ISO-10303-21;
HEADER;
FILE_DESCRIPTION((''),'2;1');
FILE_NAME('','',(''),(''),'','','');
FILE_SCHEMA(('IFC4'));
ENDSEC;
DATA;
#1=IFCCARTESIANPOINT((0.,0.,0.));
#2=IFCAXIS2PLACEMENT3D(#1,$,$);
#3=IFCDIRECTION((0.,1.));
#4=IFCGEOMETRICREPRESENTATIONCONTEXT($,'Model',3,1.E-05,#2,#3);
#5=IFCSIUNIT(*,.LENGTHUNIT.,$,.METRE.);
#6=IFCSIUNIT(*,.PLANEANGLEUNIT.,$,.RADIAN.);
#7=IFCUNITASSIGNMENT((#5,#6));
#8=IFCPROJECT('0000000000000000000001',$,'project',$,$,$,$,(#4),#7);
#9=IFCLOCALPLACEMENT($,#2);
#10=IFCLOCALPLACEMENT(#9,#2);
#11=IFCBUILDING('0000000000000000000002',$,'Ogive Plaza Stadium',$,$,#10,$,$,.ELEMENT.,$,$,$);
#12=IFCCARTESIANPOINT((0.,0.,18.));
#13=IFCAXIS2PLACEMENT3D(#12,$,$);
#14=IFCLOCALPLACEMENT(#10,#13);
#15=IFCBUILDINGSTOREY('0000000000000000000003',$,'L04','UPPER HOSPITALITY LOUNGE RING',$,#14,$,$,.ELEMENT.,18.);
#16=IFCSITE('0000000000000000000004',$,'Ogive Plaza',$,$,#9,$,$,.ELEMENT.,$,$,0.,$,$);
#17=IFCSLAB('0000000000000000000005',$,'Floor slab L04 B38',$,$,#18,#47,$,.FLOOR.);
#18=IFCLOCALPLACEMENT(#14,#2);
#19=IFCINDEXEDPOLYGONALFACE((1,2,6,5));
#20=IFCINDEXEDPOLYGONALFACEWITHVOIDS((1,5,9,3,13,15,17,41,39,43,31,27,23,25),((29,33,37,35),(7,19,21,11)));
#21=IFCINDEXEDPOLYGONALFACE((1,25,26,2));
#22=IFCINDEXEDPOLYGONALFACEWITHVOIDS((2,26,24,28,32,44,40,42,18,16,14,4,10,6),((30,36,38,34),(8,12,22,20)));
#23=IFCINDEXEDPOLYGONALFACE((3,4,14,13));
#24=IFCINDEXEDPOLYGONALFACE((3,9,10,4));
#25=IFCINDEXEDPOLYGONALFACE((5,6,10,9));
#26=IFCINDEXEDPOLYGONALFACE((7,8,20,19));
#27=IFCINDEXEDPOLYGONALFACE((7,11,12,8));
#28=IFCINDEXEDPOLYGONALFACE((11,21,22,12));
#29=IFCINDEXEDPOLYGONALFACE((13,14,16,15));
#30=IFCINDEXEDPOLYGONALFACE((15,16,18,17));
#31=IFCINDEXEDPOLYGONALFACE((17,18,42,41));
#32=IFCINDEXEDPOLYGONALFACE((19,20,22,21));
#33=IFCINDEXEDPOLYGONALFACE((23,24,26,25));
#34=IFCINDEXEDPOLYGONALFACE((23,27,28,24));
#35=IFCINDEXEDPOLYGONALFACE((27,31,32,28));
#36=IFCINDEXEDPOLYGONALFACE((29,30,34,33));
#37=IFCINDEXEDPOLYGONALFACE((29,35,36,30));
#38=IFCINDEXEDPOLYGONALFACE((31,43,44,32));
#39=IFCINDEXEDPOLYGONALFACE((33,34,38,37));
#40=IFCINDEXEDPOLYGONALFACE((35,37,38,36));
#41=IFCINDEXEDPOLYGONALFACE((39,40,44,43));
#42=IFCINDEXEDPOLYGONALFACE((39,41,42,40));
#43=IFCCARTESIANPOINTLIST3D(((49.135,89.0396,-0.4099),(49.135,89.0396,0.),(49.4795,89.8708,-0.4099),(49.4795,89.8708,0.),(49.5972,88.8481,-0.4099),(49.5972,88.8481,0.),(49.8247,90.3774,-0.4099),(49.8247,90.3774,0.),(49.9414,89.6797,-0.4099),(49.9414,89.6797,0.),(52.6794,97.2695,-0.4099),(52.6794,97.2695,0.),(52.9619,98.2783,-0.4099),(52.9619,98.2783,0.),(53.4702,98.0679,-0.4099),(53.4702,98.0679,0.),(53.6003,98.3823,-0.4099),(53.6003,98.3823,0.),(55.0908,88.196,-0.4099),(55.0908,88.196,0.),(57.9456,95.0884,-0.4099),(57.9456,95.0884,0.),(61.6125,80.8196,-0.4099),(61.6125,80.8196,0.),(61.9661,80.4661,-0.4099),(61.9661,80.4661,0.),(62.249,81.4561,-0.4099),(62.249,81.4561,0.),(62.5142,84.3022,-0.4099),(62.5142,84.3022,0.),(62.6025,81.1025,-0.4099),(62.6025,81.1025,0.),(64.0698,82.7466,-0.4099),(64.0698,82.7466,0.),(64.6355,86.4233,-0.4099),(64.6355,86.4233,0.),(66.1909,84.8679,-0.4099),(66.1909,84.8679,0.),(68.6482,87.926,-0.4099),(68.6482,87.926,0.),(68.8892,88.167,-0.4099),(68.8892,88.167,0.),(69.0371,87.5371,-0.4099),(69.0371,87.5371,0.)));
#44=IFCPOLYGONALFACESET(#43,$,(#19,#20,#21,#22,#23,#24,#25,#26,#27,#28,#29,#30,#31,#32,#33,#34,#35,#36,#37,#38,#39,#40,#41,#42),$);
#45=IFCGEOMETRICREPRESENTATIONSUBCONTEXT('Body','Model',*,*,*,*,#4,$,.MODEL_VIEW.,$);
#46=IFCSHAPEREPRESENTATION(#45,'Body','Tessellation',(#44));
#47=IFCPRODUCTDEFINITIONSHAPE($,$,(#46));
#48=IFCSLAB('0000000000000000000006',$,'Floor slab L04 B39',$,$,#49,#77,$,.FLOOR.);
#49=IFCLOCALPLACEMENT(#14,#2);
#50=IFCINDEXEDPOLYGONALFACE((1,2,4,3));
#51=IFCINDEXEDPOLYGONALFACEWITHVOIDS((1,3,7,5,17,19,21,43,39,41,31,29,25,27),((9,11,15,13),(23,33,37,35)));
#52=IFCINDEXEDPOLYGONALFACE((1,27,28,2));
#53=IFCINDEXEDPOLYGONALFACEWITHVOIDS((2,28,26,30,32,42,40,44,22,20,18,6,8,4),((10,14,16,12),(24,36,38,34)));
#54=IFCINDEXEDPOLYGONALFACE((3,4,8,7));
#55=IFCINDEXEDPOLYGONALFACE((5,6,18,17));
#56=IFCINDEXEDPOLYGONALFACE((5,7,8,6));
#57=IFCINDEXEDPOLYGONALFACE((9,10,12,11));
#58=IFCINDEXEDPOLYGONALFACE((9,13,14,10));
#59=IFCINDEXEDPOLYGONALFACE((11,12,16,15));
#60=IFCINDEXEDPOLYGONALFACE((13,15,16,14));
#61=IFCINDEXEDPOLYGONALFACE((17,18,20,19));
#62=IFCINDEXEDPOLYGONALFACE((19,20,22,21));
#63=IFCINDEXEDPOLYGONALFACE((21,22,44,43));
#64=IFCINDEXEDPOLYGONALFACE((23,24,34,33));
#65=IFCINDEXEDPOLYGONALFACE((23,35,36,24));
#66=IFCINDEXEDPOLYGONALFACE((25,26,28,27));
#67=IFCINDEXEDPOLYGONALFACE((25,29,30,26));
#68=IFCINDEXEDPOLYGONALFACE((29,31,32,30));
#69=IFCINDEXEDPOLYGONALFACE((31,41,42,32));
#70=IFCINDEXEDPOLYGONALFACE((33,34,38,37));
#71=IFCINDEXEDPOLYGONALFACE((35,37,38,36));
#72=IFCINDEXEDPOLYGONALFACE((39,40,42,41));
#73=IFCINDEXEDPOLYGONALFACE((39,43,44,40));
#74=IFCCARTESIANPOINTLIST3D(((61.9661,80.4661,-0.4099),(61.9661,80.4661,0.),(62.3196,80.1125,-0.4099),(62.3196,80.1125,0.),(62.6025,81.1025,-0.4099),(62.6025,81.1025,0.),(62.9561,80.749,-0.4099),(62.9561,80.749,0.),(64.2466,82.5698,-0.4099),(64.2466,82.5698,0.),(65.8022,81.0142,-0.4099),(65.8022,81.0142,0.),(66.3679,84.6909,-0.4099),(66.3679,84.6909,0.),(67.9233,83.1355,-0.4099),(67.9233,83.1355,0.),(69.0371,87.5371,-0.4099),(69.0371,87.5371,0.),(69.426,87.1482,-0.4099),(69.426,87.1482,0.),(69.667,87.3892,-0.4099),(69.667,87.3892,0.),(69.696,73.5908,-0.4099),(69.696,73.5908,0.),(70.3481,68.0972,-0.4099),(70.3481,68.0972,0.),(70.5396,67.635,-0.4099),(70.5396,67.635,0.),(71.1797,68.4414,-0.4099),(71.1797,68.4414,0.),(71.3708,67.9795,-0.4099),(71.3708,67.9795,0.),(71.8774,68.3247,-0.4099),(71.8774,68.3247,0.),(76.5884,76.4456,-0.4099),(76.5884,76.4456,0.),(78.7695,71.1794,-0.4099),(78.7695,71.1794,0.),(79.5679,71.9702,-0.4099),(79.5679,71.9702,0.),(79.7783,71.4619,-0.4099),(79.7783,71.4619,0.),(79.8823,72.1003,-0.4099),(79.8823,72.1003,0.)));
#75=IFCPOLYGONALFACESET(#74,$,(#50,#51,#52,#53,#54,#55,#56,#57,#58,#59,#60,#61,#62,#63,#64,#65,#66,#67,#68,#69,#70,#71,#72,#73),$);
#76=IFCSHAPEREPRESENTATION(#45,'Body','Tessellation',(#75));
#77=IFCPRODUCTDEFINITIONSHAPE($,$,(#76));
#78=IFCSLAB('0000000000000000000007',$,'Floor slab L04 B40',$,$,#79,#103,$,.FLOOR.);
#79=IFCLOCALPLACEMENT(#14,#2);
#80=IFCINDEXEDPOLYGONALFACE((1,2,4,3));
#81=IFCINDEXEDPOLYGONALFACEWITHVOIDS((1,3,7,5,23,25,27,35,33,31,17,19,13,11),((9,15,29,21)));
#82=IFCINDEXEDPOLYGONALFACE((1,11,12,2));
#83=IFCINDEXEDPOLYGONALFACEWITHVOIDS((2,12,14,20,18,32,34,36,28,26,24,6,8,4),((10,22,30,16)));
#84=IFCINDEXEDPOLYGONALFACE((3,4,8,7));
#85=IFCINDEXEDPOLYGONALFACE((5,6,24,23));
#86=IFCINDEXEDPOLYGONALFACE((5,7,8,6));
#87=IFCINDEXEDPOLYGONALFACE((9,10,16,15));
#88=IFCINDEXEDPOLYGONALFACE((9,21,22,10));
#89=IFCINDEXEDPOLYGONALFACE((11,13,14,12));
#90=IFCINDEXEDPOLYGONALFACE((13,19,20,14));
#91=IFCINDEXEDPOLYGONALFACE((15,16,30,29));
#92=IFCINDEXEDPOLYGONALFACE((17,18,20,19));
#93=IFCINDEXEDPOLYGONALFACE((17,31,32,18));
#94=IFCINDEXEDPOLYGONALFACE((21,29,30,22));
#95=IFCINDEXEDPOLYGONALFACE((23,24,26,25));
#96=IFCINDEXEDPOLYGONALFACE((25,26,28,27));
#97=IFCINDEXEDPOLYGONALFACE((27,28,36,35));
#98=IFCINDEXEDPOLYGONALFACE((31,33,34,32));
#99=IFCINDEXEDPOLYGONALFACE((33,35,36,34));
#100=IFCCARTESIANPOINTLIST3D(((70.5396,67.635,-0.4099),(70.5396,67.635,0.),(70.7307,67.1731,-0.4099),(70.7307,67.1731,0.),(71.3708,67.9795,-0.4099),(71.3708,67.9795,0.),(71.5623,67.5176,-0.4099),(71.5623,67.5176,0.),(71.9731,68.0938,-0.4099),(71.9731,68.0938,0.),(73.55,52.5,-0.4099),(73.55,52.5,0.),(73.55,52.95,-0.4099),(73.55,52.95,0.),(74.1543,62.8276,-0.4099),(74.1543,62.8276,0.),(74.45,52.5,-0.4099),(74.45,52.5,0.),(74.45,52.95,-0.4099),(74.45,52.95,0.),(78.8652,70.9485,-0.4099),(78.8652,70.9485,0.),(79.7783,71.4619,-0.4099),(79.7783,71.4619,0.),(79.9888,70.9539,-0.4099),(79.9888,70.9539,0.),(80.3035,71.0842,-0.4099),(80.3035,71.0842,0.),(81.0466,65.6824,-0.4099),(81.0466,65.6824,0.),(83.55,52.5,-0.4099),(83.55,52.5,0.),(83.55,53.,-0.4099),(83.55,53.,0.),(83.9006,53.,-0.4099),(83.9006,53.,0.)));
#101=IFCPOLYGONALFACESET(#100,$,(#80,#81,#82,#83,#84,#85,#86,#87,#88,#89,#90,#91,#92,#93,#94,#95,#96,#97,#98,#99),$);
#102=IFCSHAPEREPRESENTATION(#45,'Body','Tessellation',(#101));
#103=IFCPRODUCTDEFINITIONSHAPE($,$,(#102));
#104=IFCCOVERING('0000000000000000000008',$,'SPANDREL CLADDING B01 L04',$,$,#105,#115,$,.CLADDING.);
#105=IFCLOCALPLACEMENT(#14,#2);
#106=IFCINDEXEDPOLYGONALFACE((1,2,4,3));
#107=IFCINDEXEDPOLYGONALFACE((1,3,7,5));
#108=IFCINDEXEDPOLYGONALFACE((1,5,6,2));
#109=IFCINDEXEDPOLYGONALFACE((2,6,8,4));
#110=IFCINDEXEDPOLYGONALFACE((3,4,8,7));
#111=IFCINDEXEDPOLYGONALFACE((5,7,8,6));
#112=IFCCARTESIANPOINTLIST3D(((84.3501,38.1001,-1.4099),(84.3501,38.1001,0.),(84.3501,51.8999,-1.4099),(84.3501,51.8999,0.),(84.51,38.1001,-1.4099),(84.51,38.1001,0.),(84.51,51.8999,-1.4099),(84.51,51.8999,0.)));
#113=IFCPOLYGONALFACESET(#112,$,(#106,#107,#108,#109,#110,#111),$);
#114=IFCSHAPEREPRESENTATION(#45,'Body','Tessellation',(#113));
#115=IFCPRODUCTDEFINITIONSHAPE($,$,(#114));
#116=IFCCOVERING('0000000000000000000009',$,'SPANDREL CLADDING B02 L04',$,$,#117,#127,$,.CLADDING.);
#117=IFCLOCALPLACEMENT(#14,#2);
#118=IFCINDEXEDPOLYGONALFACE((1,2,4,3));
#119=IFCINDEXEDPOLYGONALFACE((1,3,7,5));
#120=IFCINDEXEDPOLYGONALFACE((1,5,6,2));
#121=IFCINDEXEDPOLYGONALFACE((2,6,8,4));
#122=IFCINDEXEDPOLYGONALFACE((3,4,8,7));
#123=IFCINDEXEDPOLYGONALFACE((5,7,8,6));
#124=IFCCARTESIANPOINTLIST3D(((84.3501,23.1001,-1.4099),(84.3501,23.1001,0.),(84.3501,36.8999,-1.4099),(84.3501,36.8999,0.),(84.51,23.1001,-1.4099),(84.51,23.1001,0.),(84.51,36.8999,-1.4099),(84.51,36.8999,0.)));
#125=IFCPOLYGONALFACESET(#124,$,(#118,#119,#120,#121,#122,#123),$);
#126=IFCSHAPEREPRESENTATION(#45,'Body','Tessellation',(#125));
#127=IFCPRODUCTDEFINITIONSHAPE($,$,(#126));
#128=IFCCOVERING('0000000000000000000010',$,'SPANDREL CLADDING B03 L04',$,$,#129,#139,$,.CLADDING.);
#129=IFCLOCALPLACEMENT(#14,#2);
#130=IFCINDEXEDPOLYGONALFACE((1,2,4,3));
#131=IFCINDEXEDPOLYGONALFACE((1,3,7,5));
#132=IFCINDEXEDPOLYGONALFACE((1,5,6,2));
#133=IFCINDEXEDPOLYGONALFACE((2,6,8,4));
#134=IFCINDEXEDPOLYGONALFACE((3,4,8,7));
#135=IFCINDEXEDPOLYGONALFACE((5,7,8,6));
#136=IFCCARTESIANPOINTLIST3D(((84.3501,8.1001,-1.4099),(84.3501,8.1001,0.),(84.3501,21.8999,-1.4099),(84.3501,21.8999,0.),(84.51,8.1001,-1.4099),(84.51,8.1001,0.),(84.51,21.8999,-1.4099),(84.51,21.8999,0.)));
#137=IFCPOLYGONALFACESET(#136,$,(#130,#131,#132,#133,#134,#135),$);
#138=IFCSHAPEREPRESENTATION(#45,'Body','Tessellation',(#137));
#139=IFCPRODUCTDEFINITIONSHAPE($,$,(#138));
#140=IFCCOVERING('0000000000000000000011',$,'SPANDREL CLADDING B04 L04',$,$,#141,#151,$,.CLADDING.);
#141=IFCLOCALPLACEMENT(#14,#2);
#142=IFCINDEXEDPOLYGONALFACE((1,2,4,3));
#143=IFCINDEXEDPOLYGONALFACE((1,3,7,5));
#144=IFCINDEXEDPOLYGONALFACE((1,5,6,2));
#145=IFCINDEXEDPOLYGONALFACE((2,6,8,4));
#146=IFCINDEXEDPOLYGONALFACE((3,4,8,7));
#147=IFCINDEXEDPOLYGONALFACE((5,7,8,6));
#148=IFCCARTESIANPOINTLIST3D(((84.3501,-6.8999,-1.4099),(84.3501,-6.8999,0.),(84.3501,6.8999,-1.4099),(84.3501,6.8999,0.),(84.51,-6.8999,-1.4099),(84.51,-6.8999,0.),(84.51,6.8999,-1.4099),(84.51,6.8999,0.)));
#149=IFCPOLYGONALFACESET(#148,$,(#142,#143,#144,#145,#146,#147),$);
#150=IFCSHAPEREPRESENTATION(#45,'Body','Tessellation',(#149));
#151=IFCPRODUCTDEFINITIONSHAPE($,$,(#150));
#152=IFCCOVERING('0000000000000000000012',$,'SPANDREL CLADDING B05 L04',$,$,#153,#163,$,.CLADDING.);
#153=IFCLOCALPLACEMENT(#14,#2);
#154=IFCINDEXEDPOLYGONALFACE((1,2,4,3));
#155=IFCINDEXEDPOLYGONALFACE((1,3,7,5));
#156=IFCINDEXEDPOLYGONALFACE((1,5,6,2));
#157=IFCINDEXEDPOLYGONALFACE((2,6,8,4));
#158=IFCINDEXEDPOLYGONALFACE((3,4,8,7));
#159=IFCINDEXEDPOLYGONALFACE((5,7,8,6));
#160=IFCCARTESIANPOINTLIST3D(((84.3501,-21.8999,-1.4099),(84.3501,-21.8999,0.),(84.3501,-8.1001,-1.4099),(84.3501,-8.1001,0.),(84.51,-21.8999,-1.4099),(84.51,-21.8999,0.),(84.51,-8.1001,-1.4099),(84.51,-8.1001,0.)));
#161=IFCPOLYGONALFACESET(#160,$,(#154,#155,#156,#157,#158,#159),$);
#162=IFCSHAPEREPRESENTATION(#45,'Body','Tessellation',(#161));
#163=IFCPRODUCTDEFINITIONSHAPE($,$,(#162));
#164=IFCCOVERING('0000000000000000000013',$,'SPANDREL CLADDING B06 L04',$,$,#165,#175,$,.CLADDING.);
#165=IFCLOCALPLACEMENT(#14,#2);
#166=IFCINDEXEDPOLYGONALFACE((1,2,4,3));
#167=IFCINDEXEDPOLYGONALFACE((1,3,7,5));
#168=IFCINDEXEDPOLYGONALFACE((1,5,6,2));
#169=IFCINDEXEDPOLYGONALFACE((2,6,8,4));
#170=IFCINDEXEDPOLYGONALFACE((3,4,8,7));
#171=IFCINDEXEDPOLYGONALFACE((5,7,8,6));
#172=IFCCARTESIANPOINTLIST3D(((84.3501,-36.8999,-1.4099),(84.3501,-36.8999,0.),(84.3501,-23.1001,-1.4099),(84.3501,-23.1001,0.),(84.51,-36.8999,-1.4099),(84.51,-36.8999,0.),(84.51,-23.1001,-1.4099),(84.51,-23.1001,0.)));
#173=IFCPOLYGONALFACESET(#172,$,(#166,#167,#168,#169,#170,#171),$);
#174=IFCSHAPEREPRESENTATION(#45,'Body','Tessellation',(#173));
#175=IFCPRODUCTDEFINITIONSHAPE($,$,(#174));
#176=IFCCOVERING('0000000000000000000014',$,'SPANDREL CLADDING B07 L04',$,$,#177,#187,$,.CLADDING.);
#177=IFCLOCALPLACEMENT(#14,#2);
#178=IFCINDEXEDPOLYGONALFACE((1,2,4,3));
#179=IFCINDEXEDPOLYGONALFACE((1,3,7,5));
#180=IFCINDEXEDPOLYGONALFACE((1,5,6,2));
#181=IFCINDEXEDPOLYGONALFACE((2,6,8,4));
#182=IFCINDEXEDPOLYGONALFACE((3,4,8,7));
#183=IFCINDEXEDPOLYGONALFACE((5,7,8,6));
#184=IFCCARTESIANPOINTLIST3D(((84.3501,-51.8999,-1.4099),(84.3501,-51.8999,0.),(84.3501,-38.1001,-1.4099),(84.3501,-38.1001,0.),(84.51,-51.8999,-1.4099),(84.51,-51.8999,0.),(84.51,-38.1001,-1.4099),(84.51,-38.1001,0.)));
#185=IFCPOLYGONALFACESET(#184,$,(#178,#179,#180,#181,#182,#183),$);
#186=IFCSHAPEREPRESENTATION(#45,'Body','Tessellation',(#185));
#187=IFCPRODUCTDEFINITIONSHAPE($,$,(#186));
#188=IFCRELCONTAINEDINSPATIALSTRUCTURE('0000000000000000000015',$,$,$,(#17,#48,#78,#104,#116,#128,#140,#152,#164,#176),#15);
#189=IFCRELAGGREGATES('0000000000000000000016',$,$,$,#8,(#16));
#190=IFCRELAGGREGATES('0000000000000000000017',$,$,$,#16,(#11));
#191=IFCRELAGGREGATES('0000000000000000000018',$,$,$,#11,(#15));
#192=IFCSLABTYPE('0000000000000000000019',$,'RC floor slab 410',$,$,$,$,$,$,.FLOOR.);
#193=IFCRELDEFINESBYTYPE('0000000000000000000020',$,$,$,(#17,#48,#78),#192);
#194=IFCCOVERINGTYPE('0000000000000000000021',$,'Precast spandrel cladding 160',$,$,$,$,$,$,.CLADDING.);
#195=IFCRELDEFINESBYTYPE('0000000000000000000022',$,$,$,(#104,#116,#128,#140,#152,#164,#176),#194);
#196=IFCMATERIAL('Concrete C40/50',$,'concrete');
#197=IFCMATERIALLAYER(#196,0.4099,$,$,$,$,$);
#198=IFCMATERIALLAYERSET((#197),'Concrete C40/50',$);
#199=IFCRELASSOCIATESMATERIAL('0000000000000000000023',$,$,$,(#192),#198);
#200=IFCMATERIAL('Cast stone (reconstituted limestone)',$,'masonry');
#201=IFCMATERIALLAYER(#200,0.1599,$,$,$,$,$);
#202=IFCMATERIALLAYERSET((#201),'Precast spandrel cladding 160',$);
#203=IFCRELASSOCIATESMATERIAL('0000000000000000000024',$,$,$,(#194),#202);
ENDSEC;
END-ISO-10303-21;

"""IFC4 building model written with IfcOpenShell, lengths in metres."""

from ifc_helpers import new_model, si_unit, direction, frame, origin, place, context, subcontext, project, spatial, polyline, outline, extrude, material, layer, layer_set, type_object, element, save


model = new_model("IFC4")

# Units and contexts
model_context = context("Model", 3, precision=1e-05, world=origin(), true_north=direction((0.0, 1.0)))
body_context = subcontext(model_context, "Body", "Model", "MODEL_VIEW")
ifc_project = project(units=[si_unit("LENGTHUNIT", "METRE"), si_unit("PLANEANGLEUNIT", "RADIAN")], contexts=[model_context])

# Site, building, storey
site_placement = place(None, origin())
site = spatial("IfcSite", under=ifc_project, at=site_placement, Name="Ogive Plaza", CompositionType="ELEMENT", RefElevation=0.0)
building_placement = place(site_placement, origin())
building = spatial("IfcBuilding", under=site, at=building_placement, Name="Ogive Plaza Stadium", CompositionType="ELEMENT")
storey_placement = place(building_placement, frame((0.0, 0.0, 18.0)))
storey = spatial("IfcBuildingStorey", under=building, at=storey_placement, Name="L04", Description="UPPER HOSPITALITY LOUNGE RING", CompositionType="ELEMENT", Elevation=18.0)

# Slabs
ifc_material_1 = material(Name="Concrete C40/50", Category="concrete")
ifc_layer_1 = layer(ifc_material_1, 0.4099)
ifc_layer_set_1 = layer_set([ifc_layer_1], Name="Concrete C40/50")
slab_type = type_object("IfcSlabType", Name="RC floor slab 410", PredefinedType="FLOOR", material=ifc_layer_set_1)
slab_1_placement = place(storey_placement, frame((0.0, 0.0, -0.4099)))
element("IfcSlab", 1, at=slab_1_placement, inside=storey, type_object=slab_type, Name="Floor slab L04 B38", PredefinedType="FLOOR", context=body_context, shape_type="SweptSolid", body=[
    extrude(outline(polyline([(69.0371, 87.5371), (68.6482, 87.926), (68.8892, 88.167), (53.6003, 98.3823), (53.4702, 98.0679), (52.9619, 98.2783), (49.4795, 89.8708), (49.9414, 89.6797), (49.5972, 88.8481), (49.135, 89.0396), (61.9661, 80.4661), (61.6125, 80.8196), (62.249, 81.4561), (62.6025, 81.1025), (69.0371, 87.5371)]), holes=[polyline([(49.8247, 90.3774), (55.0908, 88.196), (57.9456, 95.0884), (52.6794, 97.2695), (49.8247, 90.3774)]), polyline([(62.5142, 84.3022), (64.0698, 82.7466), (66.1909, 84.8679), (64.6355, 86.4233), (62.5142, 84.3022)])]), origin(), (0.0, 0.0, 1.0), 0.4099),
])
slab_2_placement = place(storey_placement, frame((0.0, 0.0, -0.4099)))
element("IfcSlab", 2, at=slab_2_placement, inside=storey, type_object=slab_type, Name="Floor slab L04 B39", PredefinedType="FLOOR", context=body_context, shape_type="SweptSolid", body=[
    extrude(outline(polyline([(79.7783, 71.4619), (79.5679, 71.9702), (79.8823, 72.1003), (69.667, 87.3892), (69.426, 87.1482), (69.0371, 87.5371), (62.6025, 81.1025), (62.9561, 80.749), (62.3196, 80.1125), (61.9661, 80.4661), (61.9661, 80.4661), (70.5396, 67.635), (70.3481, 68.0972), (71.1797, 68.4414), (71.3708, 67.9795), (79.7783, 71.4619)]), holes=[polyline([(69.696, 73.5908), (71.8774, 68.3247), (78.7695, 71.1794), (76.5884, 76.4456), (69.696, 73.5908)]), polyline([(64.2466, 82.5698), (65.8022, 81.0142), (67.9233, 83.1355), (66.3679, 84.6909), (64.2466, 82.5698)])]), origin(), (0.0, 0.0, 1.0), 0.4099),
])
slab_3_placement = place(storey_placement, frame((0.0, 0.0, -0.4099)))
element("IfcSlab", 3, at=slab_3_placement, inside=storey, type_object=slab_type, Name="Floor slab L04 B40", PredefinedType="FLOOR", context=body_context, shape_type="SweptSolid", body=[
    extrude(outline(polyline([(83.55, 52.5), (83.55, 53.0), (83.9006, 53.0), (80.3035, 71.0842), (79.9888, 70.9539), (79.7783, 71.4619), (71.3708, 67.9795), (71.5623, 67.5176), (70.7307, 67.1731), (70.5396, 67.635), (73.55, 52.5), (73.55, 52.95), (74.45, 52.95), (74.45, 52.5), (83.55, 52.5)]), holes=[polyline([(71.9731, 68.0938), (74.1543, 62.8276), (81.0466, 65.6824), (78.8652, 70.9485), (71.9731, 68.0938)])]), origin(), (0.0, 0.0, 1.0), 0.4099),
])

# Coverings
ifc_material_2 = material(Name="Cast stone (reconstituted limestone)", Category="masonry")
ifc_layer_2 = layer(ifc_material_2, 0.1599)
ifc_layer_set_2 = layer_set([ifc_layer_2], Name="Precast spandrel cladding 160")
covering_type = type_object("IfcCoveringType", Name="Precast spandrel cladding 160", PredefinedType="CLADDING", material=ifc_layer_set_2)
covering_1_placement = place(storey_placement, frame((0.0, 0.0, -1.4099)))
element("IfcCovering", 4, at=covering_1_placement, inside=storey, type_object=covering_type, Name="SPANDREL CLADDING B01 L04", PredefinedType="CLADDING", context=body_context, shape_type="SweptSolid", body=[
    extrude(outline(polyline([(84.3501, 51.8999), (84.3501, 38.1001), (84.51, 38.1001), (84.51, 51.8999), (84.3501, 51.8999)])), origin(), (0.0, 0.0, 1.0), 1.4099),
])
covering_2_placement = place(storey_placement, frame((0.0, 0.0, -1.4099)))
element("IfcCovering", 5, at=covering_2_placement, inside=storey, type_object=covering_type, Name="SPANDREL CLADDING B02 L04", PredefinedType="CLADDING", context=body_context, shape_type="SweptSolid", body=[
    extrude(outline(polyline([(84.3501, 36.8999), (84.3501, 23.1001), (84.51, 23.1001), (84.51, 36.8999), (84.3501, 36.8999)])), origin(), (0.0, 0.0, 1.0), 1.4099),
])
covering_3_placement = place(storey_placement, frame((0.0, 0.0, -1.4099)))
element("IfcCovering", 6, at=covering_3_placement, inside=storey, type_object=covering_type, Name="SPANDREL CLADDING B03 L04", PredefinedType="CLADDING", context=body_context, shape_type="SweptSolid", body=[
    extrude(outline(polyline([(84.3501, 21.8999), (84.3501, 8.1001), (84.51, 8.1001), (84.51, 21.8999), (84.3501, 21.8999)])), origin(), (0.0, 0.0, 1.0), 1.4099),
])
covering_4_placement = place(storey_placement, frame((0.0, 0.0, -1.4099)))
element("IfcCovering", 7, at=covering_4_placement, inside=storey, type_object=covering_type, Name="SPANDREL CLADDING B04 L04", PredefinedType="CLADDING", context=body_context, shape_type="SweptSolid", body=[
    extrude(outline(polyline([(84.3501, 6.8999), (84.3501, -6.8999), (84.51, -6.8999), (84.51, 6.8999), (84.3501, 6.8999)])), origin(), (0.0, 0.0, 1.0), 1.4099),
])
covering_5_placement = place(storey_placement, frame((0.0, 0.0, -1.4099)))
element("IfcCovering", 8, at=covering_5_placement, inside=storey, type_object=covering_type, Name="SPANDREL CLADDING B05 L04", PredefinedType="CLADDING", context=body_context, shape_type="SweptSolid", body=[
    extrude(outline(polyline([(84.3501, -8.1001), (84.3501, -21.8999), (84.51, -21.8999), (84.51, -8.1001), (84.3501, -8.1001)])), origin(), (0.0, 0.0, 1.0), 1.4099),
])
covering_6_placement = place(storey_placement, frame((0.0, 0.0, -1.4099)))
element("IfcCovering", 9, at=covering_6_placement, inside=storey, type_object=covering_type, Name="SPANDREL CLADDING B06 L04", PredefinedType="CLADDING", context=body_context, shape_type="SweptSolid", body=[
    extrude(outline(polyline([(84.3501, -23.1001), (84.3501, -36.8999), (84.51, -36.8999), (84.51, -23.1001), (84.3501, -23.1001)])), origin(), (0.0, 0.0, 1.0), 1.4099),
])
covering_7_placement = place(storey_placement, frame((0.0, 0.0, -1.4099)))
element("IfcCovering", 10, at=covering_7_placement, inside=storey, type_object=covering_type, Name="SPANDREL CLADDING B07 L04", PredefinedType="CLADDING", context=body_context, shape_type="SweptSolid", body=[
    extrude(outline(polyline([(84.3501, -38.1001), (84.3501, -51.8999), (84.51, -51.8999), (84.51, -38.1001), (84.3501, -38.1001)])), origin(), (0.0, 0.0, 1.0), 1.4099),
])

save(model, "model.ifc")
